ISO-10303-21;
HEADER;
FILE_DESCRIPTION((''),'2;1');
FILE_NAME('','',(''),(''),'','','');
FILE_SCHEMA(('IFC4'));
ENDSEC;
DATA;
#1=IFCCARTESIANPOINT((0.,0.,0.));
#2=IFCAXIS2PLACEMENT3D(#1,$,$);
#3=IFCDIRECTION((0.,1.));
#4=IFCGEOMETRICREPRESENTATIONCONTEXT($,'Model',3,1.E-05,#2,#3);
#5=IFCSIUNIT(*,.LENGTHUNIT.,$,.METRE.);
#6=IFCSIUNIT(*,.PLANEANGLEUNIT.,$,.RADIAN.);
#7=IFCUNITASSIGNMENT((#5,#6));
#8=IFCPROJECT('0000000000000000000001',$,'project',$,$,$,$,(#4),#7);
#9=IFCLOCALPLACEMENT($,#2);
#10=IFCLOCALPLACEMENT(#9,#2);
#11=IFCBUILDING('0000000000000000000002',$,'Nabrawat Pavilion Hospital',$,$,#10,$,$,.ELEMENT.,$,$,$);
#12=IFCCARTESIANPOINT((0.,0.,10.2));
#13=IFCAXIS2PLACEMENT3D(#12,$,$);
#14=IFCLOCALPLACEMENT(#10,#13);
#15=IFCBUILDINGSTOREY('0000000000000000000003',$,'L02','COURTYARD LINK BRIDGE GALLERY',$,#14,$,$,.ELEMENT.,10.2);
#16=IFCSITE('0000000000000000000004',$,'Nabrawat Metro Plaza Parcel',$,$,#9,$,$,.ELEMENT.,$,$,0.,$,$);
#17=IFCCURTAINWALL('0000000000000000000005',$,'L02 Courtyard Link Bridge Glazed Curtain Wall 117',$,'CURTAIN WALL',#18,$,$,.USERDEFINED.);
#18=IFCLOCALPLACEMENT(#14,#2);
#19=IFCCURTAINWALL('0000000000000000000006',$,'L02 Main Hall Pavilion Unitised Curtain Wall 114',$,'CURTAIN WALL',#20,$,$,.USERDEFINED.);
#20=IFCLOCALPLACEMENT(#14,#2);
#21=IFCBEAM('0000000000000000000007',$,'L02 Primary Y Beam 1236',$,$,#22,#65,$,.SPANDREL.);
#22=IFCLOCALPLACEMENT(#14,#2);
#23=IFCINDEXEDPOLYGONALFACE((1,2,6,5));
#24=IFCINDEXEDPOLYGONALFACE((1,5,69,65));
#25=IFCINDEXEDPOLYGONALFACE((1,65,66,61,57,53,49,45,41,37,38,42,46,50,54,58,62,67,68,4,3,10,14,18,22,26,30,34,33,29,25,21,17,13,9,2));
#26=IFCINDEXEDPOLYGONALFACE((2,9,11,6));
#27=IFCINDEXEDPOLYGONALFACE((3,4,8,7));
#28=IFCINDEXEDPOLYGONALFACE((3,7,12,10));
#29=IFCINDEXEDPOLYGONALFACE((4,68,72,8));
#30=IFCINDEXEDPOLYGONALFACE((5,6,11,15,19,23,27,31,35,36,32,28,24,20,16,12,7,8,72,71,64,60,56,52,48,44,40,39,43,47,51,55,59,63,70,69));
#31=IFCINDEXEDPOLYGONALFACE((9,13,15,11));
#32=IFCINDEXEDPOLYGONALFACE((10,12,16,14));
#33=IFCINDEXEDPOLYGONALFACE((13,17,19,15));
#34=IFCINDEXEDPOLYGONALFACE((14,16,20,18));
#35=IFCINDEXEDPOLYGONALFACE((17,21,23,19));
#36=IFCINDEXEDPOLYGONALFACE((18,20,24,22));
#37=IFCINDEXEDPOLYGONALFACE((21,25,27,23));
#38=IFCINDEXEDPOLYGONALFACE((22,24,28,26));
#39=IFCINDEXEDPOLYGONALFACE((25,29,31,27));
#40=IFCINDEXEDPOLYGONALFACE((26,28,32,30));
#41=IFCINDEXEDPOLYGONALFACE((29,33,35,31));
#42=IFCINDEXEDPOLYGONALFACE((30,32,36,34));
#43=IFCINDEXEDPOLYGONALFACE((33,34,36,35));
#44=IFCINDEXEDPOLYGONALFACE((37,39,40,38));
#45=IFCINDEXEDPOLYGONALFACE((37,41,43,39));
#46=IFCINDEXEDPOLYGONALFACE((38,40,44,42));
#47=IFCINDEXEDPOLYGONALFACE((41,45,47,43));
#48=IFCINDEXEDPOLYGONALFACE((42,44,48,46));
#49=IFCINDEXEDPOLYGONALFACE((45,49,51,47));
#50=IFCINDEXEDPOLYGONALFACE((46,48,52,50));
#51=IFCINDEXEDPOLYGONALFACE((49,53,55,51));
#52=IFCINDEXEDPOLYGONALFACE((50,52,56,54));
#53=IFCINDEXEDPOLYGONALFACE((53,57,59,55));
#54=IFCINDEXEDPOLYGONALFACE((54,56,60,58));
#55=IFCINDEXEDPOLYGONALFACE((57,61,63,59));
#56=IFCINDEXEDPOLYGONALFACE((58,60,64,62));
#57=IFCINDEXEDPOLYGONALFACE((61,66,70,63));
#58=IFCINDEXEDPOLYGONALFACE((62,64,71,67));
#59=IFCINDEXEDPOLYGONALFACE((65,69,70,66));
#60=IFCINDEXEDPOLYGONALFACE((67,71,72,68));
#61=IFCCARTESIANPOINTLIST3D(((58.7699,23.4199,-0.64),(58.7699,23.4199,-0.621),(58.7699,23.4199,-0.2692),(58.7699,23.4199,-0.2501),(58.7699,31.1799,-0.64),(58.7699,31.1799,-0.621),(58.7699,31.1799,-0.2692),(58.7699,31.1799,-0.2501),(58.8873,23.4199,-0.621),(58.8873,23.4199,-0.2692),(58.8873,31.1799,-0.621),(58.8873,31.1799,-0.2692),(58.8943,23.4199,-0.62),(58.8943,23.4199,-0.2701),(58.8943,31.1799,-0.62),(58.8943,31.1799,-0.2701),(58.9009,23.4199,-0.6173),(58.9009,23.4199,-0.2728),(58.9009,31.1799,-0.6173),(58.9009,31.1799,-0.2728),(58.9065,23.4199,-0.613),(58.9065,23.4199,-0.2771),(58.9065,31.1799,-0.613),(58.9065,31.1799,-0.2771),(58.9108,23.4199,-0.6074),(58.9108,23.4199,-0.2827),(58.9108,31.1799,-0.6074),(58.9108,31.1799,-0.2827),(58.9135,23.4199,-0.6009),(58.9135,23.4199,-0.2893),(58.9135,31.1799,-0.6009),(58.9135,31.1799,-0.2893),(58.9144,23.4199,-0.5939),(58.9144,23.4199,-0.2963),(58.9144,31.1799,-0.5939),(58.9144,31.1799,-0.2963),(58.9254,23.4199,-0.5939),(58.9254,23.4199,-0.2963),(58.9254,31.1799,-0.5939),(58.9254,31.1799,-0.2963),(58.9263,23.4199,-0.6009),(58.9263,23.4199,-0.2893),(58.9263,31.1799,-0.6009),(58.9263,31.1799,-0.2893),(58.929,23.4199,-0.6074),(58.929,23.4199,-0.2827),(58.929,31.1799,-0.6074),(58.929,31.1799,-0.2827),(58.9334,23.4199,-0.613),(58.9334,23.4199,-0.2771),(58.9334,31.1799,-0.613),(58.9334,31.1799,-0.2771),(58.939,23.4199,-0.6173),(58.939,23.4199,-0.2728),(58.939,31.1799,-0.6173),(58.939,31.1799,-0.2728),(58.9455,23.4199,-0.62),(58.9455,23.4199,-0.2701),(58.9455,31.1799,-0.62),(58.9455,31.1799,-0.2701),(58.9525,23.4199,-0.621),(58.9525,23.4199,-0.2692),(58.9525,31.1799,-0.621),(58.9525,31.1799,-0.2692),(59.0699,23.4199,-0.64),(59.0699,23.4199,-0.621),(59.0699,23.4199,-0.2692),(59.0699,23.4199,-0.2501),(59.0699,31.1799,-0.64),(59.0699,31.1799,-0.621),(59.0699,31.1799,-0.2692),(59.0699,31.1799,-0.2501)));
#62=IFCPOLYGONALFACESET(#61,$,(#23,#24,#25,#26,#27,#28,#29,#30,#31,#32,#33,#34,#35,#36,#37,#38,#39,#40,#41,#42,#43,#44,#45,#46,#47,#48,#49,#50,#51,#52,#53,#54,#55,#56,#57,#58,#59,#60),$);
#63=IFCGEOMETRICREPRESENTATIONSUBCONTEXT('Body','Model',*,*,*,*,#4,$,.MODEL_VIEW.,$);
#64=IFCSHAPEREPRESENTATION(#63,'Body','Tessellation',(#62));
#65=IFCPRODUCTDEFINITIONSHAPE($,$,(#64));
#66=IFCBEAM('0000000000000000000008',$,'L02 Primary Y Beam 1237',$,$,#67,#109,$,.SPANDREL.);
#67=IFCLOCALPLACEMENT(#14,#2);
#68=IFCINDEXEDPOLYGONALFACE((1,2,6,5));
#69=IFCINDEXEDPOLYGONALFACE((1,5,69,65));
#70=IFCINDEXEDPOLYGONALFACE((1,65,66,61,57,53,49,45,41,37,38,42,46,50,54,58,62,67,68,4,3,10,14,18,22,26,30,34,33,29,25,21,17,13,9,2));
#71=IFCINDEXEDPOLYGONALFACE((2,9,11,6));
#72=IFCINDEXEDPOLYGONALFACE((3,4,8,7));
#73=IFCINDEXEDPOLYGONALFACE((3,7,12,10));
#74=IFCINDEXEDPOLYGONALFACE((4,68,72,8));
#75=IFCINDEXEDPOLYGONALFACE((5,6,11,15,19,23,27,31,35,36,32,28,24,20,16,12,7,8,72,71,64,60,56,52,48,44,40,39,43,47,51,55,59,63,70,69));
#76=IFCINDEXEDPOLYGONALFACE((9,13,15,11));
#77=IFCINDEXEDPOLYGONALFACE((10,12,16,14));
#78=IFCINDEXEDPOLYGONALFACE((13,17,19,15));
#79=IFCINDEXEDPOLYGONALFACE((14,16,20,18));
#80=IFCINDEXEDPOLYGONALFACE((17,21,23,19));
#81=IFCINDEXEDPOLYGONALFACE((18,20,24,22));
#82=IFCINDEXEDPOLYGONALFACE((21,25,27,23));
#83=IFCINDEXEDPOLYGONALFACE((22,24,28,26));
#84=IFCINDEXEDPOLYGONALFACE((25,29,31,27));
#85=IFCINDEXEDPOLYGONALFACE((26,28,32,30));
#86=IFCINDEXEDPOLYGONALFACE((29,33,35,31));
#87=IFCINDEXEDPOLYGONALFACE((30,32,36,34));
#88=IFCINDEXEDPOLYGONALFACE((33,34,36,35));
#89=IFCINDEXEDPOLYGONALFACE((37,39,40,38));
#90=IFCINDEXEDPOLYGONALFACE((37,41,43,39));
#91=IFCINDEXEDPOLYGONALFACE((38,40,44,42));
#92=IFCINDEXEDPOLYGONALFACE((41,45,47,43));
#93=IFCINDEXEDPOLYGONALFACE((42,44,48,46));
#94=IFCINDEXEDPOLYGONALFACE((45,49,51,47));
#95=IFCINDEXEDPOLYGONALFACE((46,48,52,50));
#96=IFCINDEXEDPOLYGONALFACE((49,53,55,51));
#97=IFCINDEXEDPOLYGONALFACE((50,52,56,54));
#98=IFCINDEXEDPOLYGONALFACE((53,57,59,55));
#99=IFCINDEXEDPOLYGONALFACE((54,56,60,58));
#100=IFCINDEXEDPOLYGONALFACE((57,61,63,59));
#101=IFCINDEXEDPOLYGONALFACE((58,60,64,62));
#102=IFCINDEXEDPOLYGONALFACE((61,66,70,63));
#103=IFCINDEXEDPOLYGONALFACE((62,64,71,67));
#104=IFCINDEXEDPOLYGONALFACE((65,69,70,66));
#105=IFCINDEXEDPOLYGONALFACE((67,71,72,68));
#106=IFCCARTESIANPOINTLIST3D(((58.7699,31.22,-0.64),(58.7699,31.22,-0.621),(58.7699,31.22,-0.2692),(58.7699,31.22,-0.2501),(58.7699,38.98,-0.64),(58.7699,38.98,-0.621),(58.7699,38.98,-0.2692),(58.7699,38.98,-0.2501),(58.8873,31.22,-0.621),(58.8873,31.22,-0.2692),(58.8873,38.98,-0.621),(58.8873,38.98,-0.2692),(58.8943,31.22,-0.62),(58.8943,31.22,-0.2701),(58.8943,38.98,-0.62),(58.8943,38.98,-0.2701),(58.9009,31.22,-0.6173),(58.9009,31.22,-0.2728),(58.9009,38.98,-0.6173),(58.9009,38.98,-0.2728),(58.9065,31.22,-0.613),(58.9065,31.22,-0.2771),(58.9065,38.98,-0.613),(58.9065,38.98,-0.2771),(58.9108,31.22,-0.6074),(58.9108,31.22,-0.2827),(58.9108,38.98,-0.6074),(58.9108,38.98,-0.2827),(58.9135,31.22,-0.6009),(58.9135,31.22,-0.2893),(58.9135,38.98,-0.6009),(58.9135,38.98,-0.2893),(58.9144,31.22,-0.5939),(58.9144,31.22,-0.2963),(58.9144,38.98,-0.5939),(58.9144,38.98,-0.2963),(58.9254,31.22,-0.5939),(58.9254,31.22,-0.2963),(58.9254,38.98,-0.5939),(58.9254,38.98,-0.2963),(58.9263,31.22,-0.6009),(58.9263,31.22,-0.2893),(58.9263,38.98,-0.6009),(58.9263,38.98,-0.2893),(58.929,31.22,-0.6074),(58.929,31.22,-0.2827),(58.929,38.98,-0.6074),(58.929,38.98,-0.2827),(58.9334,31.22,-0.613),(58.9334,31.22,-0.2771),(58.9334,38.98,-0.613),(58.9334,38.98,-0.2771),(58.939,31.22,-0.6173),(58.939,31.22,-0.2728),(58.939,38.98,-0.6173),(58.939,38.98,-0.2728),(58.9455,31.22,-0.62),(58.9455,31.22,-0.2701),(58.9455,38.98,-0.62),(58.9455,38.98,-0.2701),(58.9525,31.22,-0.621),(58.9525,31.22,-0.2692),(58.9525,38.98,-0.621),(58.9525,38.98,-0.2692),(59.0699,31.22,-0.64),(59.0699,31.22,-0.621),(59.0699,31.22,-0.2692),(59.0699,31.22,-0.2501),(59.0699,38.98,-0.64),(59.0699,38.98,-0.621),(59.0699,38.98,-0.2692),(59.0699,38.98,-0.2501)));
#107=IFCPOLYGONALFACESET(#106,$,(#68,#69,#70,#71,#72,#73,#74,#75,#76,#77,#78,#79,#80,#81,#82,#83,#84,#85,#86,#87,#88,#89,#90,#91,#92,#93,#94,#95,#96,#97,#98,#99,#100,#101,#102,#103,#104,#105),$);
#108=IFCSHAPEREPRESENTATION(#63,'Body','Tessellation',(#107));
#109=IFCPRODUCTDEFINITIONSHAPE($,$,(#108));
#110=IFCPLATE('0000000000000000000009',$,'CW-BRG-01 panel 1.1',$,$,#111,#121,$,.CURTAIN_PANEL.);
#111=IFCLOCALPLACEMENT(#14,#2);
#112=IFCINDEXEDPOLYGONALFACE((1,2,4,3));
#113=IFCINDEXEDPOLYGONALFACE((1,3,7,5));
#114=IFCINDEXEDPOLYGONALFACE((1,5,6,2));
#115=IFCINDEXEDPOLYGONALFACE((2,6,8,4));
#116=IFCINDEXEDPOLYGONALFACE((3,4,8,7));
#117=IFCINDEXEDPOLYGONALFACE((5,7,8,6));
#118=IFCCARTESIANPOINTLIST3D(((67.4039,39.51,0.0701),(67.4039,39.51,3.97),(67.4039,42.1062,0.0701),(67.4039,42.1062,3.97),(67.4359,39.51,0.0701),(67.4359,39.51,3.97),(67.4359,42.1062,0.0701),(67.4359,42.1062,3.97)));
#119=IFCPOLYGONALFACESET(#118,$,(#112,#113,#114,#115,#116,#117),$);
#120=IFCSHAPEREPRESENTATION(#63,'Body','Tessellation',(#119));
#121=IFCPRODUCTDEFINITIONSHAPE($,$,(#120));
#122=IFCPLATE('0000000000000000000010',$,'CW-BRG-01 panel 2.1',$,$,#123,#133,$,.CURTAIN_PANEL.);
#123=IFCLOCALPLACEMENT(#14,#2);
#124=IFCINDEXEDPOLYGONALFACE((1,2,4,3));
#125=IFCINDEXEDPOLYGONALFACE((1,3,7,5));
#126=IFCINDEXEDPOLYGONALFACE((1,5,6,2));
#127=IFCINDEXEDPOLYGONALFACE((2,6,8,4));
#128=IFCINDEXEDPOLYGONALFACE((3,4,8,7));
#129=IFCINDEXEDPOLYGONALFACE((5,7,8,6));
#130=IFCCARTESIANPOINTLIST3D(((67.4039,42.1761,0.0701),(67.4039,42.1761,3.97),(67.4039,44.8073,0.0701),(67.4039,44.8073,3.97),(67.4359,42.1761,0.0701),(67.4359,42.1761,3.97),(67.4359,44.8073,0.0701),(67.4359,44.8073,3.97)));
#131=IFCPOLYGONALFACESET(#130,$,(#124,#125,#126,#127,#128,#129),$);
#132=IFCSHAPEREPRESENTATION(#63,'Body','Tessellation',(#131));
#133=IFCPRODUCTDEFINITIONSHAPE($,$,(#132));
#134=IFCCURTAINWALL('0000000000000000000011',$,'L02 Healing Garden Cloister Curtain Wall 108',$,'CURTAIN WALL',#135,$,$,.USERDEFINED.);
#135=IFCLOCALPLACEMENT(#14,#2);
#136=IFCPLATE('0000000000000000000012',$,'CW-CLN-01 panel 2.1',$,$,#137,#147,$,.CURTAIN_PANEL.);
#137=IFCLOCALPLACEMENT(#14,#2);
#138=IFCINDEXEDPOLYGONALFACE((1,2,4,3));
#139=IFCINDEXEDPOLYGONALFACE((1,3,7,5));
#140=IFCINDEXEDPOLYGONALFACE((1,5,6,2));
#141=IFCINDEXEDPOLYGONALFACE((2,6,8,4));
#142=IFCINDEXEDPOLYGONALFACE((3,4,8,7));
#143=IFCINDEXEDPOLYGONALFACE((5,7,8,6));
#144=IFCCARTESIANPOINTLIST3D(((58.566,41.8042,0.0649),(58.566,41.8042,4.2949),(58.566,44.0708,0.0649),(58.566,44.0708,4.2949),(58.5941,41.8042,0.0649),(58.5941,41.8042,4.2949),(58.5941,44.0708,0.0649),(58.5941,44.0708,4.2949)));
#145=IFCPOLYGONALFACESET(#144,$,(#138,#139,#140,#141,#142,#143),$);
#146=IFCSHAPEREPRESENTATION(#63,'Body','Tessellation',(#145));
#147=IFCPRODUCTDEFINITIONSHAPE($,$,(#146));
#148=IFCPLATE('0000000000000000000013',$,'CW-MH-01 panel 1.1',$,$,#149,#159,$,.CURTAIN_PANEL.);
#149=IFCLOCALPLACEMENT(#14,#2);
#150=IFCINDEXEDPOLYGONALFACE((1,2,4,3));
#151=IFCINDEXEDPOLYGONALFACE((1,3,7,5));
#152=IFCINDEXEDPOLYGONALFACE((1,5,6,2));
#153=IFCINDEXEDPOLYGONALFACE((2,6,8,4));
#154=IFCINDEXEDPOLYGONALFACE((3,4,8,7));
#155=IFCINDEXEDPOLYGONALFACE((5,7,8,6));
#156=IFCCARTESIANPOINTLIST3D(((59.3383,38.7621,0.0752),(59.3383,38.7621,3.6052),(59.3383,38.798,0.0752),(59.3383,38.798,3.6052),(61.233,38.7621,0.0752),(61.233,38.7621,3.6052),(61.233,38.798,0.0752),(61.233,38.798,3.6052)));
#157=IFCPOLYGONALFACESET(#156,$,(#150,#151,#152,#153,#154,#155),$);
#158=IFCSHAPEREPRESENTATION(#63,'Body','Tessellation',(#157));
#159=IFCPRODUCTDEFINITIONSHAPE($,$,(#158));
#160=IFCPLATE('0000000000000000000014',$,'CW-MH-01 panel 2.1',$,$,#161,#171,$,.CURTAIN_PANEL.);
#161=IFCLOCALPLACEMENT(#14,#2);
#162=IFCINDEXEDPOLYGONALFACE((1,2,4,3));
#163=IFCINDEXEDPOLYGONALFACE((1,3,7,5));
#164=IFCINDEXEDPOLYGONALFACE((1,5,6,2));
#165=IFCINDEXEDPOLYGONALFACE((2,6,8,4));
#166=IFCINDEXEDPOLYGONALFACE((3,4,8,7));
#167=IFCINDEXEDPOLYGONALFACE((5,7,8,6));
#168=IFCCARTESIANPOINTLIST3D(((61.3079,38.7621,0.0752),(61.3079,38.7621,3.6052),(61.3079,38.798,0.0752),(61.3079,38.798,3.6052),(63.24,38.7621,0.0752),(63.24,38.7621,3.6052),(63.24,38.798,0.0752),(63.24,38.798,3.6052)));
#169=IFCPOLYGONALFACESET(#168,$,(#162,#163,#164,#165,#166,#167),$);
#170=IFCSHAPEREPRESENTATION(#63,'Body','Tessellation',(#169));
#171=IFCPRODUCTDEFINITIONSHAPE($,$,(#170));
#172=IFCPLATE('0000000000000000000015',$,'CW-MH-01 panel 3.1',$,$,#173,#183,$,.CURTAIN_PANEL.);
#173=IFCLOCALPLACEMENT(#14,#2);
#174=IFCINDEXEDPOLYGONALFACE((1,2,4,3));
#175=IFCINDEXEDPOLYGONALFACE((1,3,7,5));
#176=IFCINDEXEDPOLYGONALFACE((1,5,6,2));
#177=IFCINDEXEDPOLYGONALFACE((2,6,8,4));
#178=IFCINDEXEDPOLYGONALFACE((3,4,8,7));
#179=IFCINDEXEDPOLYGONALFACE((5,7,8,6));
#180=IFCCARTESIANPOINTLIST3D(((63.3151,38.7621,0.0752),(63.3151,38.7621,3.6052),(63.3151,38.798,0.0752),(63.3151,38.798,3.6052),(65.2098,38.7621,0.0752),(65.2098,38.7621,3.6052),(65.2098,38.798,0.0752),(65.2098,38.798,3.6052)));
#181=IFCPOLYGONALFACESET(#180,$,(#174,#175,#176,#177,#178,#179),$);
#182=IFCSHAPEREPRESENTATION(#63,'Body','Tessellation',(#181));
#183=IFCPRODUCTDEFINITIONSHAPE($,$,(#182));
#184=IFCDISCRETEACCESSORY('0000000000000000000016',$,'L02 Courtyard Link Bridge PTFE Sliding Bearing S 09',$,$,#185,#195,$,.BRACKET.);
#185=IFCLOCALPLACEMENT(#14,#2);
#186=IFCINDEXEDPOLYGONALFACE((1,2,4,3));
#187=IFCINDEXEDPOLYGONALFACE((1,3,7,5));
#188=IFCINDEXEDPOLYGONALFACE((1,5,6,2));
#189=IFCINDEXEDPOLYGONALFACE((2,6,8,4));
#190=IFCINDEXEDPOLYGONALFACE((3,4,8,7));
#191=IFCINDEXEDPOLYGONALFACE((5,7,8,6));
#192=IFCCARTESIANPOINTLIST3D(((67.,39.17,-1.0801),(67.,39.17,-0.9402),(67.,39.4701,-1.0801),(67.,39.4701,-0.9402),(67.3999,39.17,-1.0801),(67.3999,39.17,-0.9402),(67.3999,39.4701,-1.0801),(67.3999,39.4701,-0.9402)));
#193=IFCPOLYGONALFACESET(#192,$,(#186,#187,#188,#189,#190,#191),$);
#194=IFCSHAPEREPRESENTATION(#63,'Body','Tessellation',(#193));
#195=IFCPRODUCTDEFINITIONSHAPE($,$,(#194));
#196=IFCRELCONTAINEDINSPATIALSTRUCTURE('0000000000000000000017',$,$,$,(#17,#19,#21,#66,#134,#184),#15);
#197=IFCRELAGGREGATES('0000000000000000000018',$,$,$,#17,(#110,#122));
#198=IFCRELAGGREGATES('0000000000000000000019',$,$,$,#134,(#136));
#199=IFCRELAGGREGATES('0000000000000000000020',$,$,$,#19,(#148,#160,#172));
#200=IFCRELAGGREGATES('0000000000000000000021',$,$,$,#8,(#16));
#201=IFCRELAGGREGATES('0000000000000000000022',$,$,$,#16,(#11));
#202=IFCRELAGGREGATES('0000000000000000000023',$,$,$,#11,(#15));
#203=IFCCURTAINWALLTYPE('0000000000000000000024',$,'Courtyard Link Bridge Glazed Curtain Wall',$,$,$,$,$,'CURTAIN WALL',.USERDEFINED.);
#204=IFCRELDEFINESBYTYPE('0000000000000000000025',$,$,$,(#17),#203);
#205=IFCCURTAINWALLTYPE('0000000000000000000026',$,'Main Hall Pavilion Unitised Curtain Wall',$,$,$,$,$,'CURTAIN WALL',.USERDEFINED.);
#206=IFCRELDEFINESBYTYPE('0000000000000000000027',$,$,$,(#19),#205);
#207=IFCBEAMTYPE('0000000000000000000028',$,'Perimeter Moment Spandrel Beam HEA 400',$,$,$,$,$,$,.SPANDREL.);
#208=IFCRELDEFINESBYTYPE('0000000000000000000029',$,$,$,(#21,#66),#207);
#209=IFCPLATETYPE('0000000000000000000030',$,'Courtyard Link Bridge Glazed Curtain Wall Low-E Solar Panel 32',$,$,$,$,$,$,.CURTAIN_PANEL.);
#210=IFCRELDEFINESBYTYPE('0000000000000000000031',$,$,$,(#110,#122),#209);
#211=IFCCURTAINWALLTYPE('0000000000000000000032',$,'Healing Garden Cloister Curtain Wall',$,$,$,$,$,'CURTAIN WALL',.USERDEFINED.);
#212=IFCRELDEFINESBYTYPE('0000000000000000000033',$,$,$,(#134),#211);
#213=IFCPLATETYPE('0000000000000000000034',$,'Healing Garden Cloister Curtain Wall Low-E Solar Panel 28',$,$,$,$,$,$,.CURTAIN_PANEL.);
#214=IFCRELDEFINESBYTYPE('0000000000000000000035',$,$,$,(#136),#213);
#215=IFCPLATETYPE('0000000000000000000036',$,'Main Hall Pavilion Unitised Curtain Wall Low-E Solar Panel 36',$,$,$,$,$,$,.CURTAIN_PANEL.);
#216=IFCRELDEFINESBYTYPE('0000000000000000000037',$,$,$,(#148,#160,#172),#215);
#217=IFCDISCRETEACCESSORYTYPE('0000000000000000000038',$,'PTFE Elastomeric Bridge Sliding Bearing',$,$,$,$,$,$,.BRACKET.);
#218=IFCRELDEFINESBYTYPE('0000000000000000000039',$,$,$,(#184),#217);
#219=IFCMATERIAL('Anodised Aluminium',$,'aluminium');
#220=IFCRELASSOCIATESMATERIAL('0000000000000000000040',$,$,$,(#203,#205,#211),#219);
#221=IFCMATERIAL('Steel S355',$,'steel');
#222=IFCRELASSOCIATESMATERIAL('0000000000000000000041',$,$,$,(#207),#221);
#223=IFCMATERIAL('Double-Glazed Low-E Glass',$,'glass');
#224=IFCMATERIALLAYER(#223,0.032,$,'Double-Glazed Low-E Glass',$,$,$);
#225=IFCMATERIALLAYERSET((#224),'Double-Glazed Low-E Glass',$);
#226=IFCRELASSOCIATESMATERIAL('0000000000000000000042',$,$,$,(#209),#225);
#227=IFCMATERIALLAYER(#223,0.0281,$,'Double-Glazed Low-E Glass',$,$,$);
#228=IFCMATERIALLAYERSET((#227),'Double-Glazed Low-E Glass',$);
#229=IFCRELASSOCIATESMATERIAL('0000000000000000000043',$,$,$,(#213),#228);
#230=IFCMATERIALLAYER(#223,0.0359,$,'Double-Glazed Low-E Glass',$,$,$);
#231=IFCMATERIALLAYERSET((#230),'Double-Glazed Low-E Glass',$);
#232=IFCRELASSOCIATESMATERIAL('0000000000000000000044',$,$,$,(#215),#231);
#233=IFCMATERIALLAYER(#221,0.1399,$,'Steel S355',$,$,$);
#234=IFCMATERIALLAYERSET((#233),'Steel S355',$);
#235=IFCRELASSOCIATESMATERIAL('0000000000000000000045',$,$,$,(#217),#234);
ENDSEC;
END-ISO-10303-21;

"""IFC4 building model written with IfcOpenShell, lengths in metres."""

from ifc_helpers import new_model, si_unit, direction, frame, origin, origin_2d, place, context, subcontext, project, spatial, rectangle, i_section, extrude, material, layer, layer_set, material_profile, profile_set, type_object, element, aggregate, save


model = new_model("IFC4")

# Units and contexts
model_context = context("Model", 3, precision=1e-05, world=origin(), true_north=direction((0.0, 1.0)))
body_context = subcontext(model_context, "Body", "Model", "MODEL_VIEW")
ifc_project = project(units=[si_unit("LENGTHUNIT", "METRE"), si_unit("PLANEANGLEUNIT", "RADIAN")], contexts=[model_context])

# Site, building, storey
site_placement = place(None, origin())
site = spatial("IfcSite", under=ifc_project, at=site_placement, Name="Nabrawat Metro Plaza Parcel", CompositionType="ELEMENT", RefElevation=0.0)
building_placement = place(site_placement, origin())
building = spatial("IfcBuilding", under=site, at=building_placement, Name="Nabrawat Pavilion Hospital", CompositionType="ELEMENT")
storey_placement = place(building_placement, frame((0.0, 0.0, 10.2)))
storey = spatial("IfcBuildingStorey", under=building, at=storey_placement, Name="L02", Description="COURTYARD LINK BRIDGE GALLERY", CompositionType="ELEMENT", Elevation=10.2)

# Shared definitions
ifc_material_1 = material(Name="Steel S355", Category="steel")

# Curtain walls
ifc_material_2 = material(Name="Anodised Aluminium", Category="aluminium")
curtain_wall_type_1 = type_object("IfcCurtainWallType", Name="Courtyard Link Bridge Glazed Curtain Wall", ElementType="CURTAIN WALL", PredefinedType="USERDEFINED", material=ifc_material_2)
curtain_wall_1_placement = place(storey_placement, origin())
curtain_wall_1 = element("IfcCurtainWall", 1, at=curtain_wall_1_placement, inside=storey, type_object=curtain_wall_type_1, Name="L02 Courtyard Link Bridge Glazed Curtain Wall 117", ObjectType="CURTAIN WALL", PredefinedType="USERDEFINED")
curtain_wall_type_2 = type_object("IfcCurtainWallType", Name="Main Hall Pavilion Unitised Curtain Wall", ElementType="CURTAIN WALL", PredefinedType="USERDEFINED", material=ifc_material_2)
curtain_wall_2_placement = place(storey_placement, origin())
curtain_wall_2 = element("IfcCurtainWall", 2, at=curtain_wall_2_placement, inside=storey, type_object=curtain_wall_type_2, Name="L02 Main Hall Pavilion Unitised Curtain Wall 114", ObjectType="CURTAIN WALL", PredefinedType="USERDEFINED")

# Beams
ifc_material_profile_1 = material_profile(ifc_material_1, i_section(OverallWidth=0.3, OverallDepth=0.3899, WebThickness=0.011, FlangeThickness=0.019, FilletRadius=0.0271, at=origin_2d()), Name="HEA 400")
ifc_profile_set_1 = profile_set([ifc_material_profile_1], Name="Steel S355")
beam_type_1 = type_object("IfcBeamType", Name="Perimeter Moment Spandrel Beam HEA 400", PredefinedType="SPANDREL", material=ifc_profile_set_1)
for number, where, z_axis, x_axis, name in (
    (3, (58.9199, 23.4199, -0.4451), (0.0, 1.0, 0.0), (-1.0, 0.0, 0.0), "L02 Primary Y Beam 1236"),
    (4, (58.9199, 31.22, -0.4451), (0.0, 1.0, 0.0), (-1.0, 0.0, 0.0), "L02 Primary Y Beam 1237"),
):
    element("IfcBeam", number, at=place(storey_placement, frame(where, z_axis=z_axis, x_axis=x_axis)), inside=storey, type_object=beam_type_1, Name=name, PredefinedType="SPANDREL", context=body_context, shape_type="SweptSolid", body=[
        extrude(i_section(OverallWidth=0.3, OverallDepth=0.3899, WebThickness=0.011, FlangeThickness=0.019, FilletRadius=0.0271, at=origin_2d()), origin(), (0.0, 0.0, 1.0), 7.76),
    ])

# Plates
ifc_material_3 = material(Name="Double-Glazed Low-E Glass", Category="glass")
ifc_layer_1 = layer(ifc_material_3, 0.032, Name="Double-Glazed Low-E Glass")
ifc_layer_set_1 = layer_set([ifc_layer_1], Name="Double-Glazed Low-E Glass")
plate_type_1 = type_object("IfcPlateType", Name="Courtyard Link Bridge Glazed Curtain Wall Low-E Solar Panel 32", PredefinedType="CURTAIN_PANEL", material=ifc_layer_set_1)
plate_1_placement = place(storey_placement, frame((67.4199, 40.8081, 0.0701), z_axis=(0.0, 0.0, 1.0), x_axis=(0.0, 1.0, 0.0)))
plate_1 = element("IfcPlate", 5, at=plate_1_placement, type_object=plate_type_1, Name="CW-BRG-01 panel 1.1", PredefinedType="CURTAIN_PANEL", context=body_context, shape_type="SweptSolid", body=[
    extrude(rectangle(XDim=2.5962, YDim=0.032, at=origin_2d()), origin(), (0.0, 0.0, 1.0), 3.8999),
])
plate_2_placement = place(storey_placement, frame((67.4199, 43.4917, 0.0701), z_axis=(0.0, 0.0, 1.0), x_axis=(0.0, 1.0, 0.0)))
plate_2 = element("IfcPlate", 6, at=plate_2_placement, type_object=plate_type_1, Name="CW-BRG-01 panel 2.1", PredefinedType="CURTAIN_PANEL", context=body_context, shape_type="SweptSolid", body=[
    extrude(rectangle(XDim=2.6311, YDim=0.032, at=origin_2d()), origin(), (0.0, 0.0, 1.0), 3.8999),
])
aggregate(curtain_wall_1, [plate_1, plate_2])

# Curtain wall, plate
curtain_wall_type_3 = type_object("IfcCurtainWallType", Name="Healing Garden Cloister Curtain Wall", ElementType="CURTAIN WALL", PredefinedType="USERDEFINED", material=ifc_material_2)
curtain_wall_3_placement = place(storey_placement, origin())
curtain_wall_3 = element("IfcCurtainWall", 7, at=curtain_wall_3_placement, inside=storey, type_object=curtain_wall_type_3, Name="L02 Healing Garden Cloister Curtain Wall 108", ObjectType="CURTAIN WALL", PredefinedType="USERDEFINED")
ifc_layer_2 = layer(ifc_material_3, 0.0281, Name="Double-Glazed Low-E Glass")
ifc_layer_set_2 = layer_set([ifc_layer_2], Name="Double-Glazed Low-E Glass")
plate_type_2 = type_object("IfcPlateType", Name="Healing Garden Cloister Curtain Wall Low-E Solar Panel 28", PredefinedType="CURTAIN_PANEL", material=ifc_layer_set_2)
plate_3_placement = place(storey_placement, frame((58.5801, 42.9375, 0.0649), z_axis=(0.0, 0.0, 1.0), x_axis=(0.0, 1.0, 0.0)))
plate_3 = element("IfcPlate", 8, at=plate_3_placement, type_object=plate_type_2, Name="CW-CLN-01 panel 2.1", PredefinedType="CURTAIN_PANEL", context=body_context, shape_type="SweptSolid", body=[
    extrude(rectangle(XDim=2.2666, YDim=0.0281, at=origin_2d()), origin(), (0.0, 0.0, 1.0), 4.23),
])
aggregate(curtain_wall_3, [plate_3])

# Plates
ifc_layer_3 = layer(ifc_material_3, 0.0359, Name="Double-Glazed Low-E Glass")
ifc_layer_set_3 = layer_set([ifc_layer_3], Name="Double-Glazed Low-E Glass")
plate_type_3 = type_object("IfcPlateType", Name="Main Hall Pavilion Unitised Curtain Wall Low-E Solar Panel 36", PredefinedType="CURTAIN_PANEL", material=ifc_layer_set_3)
plate_4_placement = place(storey_placement, frame((60.2856, 38.78, 0.0752), z_axis=(0.0, 0.0, 1.0), x_axis=(1.0, 0.0, 0.0)))
plate_4 = element("IfcPlate", 9, at=plate_4_placement, type_object=plate_type_3, Name="CW-MH-01 panel 1.1", PredefinedType="CURTAIN_PANEL", context=body_context, shape_type="SweptSolid", body=[
    extrude(rectangle(XDim=1.8948, YDim=0.0359, at=origin_2d()), origin(), (0.0, 0.0, 1.0), 3.53),
])
plate_5_placement = place(storey_placement, frame((62.2739, 38.78, 0.0752), z_axis=(0.0, 0.0, 1.0), x_axis=(1.0, 0.0, 0.0)))
plate_5 = element("IfcPlate", 10, at=plate_5_placement, type_object=plate_type_3, Name="CW-MH-01 panel 2.1", PredefinedType="CURTAIN_PANEL", context=body_context, shape_type="SweptSolid", body=[
    extrude(rectangle(XDim=1.9321, YDim=0.0359, at=origin_2d()), origin(), (0.0, 0.0, 1.0), 3.53),
])
plate_6_placement = place(storey_placement, frame((64.2625, 38.78, 0.0752), z_axis=(0.0, 0.0, 1.0), x_axis=(1.0, 0.0, 0.0)))
plate_6 = element("IfcPlate", 11, at=plate_6_placement, type_object=plate_type_3, Name="CW-MH-01 panel 3.1", PredefinedType="CURTAIN_PANEL", context=body_context, shape_type="SweptSolid", body=[
    extrude(rectangle(XDim=1.8948, YDim=0.0359, at=origin_2d()), origin(), (0.0, 0.0, 1.0), 3.53),
])
aggregate(curtain_wall_2, [plate_4, plate_5, plate_6])

# Discrete accessory
ifc_layer_4 = layer(ifc_material_1, 0.1399, Name="Steel S355")
ifc_layer_set_4 = layer_set([ifc_layer_4], Name="Steel S355")
discrete_accessory_type_1 = type_object("IfcDiscreteAccessoryType", Name="PTFE Elastomeric Bridge Sliding Bearing", PredefinedType="BRACKET", material=ifc_layer_set_4)
discrete_accessory_1_placement = place(storey_placement, frame((67.2, 39.3201, -1.0801), z_axis=(0.0, 0.0, 1.0), x_axis=(1.0, 0.0, 0.0)))
element("IfcDiscreteAccessory", 12, at=discrete_accessory_1_placement, inside=storey, type_object=discrete_accessory_type_1, Name="L02 Courtyard Link Bridge PTFE Sliding Bearing S 09", PredefinedType="BRACKET", context=body_context, shape_type="SweptSolid", body=[
    extrude(rectangle(XDim=0.3999, YDim=0.3, at=origin_2d()), origin(), (0.0, 0.0, 1.0), 0.1399),
])

save(model, "model.ifc")
